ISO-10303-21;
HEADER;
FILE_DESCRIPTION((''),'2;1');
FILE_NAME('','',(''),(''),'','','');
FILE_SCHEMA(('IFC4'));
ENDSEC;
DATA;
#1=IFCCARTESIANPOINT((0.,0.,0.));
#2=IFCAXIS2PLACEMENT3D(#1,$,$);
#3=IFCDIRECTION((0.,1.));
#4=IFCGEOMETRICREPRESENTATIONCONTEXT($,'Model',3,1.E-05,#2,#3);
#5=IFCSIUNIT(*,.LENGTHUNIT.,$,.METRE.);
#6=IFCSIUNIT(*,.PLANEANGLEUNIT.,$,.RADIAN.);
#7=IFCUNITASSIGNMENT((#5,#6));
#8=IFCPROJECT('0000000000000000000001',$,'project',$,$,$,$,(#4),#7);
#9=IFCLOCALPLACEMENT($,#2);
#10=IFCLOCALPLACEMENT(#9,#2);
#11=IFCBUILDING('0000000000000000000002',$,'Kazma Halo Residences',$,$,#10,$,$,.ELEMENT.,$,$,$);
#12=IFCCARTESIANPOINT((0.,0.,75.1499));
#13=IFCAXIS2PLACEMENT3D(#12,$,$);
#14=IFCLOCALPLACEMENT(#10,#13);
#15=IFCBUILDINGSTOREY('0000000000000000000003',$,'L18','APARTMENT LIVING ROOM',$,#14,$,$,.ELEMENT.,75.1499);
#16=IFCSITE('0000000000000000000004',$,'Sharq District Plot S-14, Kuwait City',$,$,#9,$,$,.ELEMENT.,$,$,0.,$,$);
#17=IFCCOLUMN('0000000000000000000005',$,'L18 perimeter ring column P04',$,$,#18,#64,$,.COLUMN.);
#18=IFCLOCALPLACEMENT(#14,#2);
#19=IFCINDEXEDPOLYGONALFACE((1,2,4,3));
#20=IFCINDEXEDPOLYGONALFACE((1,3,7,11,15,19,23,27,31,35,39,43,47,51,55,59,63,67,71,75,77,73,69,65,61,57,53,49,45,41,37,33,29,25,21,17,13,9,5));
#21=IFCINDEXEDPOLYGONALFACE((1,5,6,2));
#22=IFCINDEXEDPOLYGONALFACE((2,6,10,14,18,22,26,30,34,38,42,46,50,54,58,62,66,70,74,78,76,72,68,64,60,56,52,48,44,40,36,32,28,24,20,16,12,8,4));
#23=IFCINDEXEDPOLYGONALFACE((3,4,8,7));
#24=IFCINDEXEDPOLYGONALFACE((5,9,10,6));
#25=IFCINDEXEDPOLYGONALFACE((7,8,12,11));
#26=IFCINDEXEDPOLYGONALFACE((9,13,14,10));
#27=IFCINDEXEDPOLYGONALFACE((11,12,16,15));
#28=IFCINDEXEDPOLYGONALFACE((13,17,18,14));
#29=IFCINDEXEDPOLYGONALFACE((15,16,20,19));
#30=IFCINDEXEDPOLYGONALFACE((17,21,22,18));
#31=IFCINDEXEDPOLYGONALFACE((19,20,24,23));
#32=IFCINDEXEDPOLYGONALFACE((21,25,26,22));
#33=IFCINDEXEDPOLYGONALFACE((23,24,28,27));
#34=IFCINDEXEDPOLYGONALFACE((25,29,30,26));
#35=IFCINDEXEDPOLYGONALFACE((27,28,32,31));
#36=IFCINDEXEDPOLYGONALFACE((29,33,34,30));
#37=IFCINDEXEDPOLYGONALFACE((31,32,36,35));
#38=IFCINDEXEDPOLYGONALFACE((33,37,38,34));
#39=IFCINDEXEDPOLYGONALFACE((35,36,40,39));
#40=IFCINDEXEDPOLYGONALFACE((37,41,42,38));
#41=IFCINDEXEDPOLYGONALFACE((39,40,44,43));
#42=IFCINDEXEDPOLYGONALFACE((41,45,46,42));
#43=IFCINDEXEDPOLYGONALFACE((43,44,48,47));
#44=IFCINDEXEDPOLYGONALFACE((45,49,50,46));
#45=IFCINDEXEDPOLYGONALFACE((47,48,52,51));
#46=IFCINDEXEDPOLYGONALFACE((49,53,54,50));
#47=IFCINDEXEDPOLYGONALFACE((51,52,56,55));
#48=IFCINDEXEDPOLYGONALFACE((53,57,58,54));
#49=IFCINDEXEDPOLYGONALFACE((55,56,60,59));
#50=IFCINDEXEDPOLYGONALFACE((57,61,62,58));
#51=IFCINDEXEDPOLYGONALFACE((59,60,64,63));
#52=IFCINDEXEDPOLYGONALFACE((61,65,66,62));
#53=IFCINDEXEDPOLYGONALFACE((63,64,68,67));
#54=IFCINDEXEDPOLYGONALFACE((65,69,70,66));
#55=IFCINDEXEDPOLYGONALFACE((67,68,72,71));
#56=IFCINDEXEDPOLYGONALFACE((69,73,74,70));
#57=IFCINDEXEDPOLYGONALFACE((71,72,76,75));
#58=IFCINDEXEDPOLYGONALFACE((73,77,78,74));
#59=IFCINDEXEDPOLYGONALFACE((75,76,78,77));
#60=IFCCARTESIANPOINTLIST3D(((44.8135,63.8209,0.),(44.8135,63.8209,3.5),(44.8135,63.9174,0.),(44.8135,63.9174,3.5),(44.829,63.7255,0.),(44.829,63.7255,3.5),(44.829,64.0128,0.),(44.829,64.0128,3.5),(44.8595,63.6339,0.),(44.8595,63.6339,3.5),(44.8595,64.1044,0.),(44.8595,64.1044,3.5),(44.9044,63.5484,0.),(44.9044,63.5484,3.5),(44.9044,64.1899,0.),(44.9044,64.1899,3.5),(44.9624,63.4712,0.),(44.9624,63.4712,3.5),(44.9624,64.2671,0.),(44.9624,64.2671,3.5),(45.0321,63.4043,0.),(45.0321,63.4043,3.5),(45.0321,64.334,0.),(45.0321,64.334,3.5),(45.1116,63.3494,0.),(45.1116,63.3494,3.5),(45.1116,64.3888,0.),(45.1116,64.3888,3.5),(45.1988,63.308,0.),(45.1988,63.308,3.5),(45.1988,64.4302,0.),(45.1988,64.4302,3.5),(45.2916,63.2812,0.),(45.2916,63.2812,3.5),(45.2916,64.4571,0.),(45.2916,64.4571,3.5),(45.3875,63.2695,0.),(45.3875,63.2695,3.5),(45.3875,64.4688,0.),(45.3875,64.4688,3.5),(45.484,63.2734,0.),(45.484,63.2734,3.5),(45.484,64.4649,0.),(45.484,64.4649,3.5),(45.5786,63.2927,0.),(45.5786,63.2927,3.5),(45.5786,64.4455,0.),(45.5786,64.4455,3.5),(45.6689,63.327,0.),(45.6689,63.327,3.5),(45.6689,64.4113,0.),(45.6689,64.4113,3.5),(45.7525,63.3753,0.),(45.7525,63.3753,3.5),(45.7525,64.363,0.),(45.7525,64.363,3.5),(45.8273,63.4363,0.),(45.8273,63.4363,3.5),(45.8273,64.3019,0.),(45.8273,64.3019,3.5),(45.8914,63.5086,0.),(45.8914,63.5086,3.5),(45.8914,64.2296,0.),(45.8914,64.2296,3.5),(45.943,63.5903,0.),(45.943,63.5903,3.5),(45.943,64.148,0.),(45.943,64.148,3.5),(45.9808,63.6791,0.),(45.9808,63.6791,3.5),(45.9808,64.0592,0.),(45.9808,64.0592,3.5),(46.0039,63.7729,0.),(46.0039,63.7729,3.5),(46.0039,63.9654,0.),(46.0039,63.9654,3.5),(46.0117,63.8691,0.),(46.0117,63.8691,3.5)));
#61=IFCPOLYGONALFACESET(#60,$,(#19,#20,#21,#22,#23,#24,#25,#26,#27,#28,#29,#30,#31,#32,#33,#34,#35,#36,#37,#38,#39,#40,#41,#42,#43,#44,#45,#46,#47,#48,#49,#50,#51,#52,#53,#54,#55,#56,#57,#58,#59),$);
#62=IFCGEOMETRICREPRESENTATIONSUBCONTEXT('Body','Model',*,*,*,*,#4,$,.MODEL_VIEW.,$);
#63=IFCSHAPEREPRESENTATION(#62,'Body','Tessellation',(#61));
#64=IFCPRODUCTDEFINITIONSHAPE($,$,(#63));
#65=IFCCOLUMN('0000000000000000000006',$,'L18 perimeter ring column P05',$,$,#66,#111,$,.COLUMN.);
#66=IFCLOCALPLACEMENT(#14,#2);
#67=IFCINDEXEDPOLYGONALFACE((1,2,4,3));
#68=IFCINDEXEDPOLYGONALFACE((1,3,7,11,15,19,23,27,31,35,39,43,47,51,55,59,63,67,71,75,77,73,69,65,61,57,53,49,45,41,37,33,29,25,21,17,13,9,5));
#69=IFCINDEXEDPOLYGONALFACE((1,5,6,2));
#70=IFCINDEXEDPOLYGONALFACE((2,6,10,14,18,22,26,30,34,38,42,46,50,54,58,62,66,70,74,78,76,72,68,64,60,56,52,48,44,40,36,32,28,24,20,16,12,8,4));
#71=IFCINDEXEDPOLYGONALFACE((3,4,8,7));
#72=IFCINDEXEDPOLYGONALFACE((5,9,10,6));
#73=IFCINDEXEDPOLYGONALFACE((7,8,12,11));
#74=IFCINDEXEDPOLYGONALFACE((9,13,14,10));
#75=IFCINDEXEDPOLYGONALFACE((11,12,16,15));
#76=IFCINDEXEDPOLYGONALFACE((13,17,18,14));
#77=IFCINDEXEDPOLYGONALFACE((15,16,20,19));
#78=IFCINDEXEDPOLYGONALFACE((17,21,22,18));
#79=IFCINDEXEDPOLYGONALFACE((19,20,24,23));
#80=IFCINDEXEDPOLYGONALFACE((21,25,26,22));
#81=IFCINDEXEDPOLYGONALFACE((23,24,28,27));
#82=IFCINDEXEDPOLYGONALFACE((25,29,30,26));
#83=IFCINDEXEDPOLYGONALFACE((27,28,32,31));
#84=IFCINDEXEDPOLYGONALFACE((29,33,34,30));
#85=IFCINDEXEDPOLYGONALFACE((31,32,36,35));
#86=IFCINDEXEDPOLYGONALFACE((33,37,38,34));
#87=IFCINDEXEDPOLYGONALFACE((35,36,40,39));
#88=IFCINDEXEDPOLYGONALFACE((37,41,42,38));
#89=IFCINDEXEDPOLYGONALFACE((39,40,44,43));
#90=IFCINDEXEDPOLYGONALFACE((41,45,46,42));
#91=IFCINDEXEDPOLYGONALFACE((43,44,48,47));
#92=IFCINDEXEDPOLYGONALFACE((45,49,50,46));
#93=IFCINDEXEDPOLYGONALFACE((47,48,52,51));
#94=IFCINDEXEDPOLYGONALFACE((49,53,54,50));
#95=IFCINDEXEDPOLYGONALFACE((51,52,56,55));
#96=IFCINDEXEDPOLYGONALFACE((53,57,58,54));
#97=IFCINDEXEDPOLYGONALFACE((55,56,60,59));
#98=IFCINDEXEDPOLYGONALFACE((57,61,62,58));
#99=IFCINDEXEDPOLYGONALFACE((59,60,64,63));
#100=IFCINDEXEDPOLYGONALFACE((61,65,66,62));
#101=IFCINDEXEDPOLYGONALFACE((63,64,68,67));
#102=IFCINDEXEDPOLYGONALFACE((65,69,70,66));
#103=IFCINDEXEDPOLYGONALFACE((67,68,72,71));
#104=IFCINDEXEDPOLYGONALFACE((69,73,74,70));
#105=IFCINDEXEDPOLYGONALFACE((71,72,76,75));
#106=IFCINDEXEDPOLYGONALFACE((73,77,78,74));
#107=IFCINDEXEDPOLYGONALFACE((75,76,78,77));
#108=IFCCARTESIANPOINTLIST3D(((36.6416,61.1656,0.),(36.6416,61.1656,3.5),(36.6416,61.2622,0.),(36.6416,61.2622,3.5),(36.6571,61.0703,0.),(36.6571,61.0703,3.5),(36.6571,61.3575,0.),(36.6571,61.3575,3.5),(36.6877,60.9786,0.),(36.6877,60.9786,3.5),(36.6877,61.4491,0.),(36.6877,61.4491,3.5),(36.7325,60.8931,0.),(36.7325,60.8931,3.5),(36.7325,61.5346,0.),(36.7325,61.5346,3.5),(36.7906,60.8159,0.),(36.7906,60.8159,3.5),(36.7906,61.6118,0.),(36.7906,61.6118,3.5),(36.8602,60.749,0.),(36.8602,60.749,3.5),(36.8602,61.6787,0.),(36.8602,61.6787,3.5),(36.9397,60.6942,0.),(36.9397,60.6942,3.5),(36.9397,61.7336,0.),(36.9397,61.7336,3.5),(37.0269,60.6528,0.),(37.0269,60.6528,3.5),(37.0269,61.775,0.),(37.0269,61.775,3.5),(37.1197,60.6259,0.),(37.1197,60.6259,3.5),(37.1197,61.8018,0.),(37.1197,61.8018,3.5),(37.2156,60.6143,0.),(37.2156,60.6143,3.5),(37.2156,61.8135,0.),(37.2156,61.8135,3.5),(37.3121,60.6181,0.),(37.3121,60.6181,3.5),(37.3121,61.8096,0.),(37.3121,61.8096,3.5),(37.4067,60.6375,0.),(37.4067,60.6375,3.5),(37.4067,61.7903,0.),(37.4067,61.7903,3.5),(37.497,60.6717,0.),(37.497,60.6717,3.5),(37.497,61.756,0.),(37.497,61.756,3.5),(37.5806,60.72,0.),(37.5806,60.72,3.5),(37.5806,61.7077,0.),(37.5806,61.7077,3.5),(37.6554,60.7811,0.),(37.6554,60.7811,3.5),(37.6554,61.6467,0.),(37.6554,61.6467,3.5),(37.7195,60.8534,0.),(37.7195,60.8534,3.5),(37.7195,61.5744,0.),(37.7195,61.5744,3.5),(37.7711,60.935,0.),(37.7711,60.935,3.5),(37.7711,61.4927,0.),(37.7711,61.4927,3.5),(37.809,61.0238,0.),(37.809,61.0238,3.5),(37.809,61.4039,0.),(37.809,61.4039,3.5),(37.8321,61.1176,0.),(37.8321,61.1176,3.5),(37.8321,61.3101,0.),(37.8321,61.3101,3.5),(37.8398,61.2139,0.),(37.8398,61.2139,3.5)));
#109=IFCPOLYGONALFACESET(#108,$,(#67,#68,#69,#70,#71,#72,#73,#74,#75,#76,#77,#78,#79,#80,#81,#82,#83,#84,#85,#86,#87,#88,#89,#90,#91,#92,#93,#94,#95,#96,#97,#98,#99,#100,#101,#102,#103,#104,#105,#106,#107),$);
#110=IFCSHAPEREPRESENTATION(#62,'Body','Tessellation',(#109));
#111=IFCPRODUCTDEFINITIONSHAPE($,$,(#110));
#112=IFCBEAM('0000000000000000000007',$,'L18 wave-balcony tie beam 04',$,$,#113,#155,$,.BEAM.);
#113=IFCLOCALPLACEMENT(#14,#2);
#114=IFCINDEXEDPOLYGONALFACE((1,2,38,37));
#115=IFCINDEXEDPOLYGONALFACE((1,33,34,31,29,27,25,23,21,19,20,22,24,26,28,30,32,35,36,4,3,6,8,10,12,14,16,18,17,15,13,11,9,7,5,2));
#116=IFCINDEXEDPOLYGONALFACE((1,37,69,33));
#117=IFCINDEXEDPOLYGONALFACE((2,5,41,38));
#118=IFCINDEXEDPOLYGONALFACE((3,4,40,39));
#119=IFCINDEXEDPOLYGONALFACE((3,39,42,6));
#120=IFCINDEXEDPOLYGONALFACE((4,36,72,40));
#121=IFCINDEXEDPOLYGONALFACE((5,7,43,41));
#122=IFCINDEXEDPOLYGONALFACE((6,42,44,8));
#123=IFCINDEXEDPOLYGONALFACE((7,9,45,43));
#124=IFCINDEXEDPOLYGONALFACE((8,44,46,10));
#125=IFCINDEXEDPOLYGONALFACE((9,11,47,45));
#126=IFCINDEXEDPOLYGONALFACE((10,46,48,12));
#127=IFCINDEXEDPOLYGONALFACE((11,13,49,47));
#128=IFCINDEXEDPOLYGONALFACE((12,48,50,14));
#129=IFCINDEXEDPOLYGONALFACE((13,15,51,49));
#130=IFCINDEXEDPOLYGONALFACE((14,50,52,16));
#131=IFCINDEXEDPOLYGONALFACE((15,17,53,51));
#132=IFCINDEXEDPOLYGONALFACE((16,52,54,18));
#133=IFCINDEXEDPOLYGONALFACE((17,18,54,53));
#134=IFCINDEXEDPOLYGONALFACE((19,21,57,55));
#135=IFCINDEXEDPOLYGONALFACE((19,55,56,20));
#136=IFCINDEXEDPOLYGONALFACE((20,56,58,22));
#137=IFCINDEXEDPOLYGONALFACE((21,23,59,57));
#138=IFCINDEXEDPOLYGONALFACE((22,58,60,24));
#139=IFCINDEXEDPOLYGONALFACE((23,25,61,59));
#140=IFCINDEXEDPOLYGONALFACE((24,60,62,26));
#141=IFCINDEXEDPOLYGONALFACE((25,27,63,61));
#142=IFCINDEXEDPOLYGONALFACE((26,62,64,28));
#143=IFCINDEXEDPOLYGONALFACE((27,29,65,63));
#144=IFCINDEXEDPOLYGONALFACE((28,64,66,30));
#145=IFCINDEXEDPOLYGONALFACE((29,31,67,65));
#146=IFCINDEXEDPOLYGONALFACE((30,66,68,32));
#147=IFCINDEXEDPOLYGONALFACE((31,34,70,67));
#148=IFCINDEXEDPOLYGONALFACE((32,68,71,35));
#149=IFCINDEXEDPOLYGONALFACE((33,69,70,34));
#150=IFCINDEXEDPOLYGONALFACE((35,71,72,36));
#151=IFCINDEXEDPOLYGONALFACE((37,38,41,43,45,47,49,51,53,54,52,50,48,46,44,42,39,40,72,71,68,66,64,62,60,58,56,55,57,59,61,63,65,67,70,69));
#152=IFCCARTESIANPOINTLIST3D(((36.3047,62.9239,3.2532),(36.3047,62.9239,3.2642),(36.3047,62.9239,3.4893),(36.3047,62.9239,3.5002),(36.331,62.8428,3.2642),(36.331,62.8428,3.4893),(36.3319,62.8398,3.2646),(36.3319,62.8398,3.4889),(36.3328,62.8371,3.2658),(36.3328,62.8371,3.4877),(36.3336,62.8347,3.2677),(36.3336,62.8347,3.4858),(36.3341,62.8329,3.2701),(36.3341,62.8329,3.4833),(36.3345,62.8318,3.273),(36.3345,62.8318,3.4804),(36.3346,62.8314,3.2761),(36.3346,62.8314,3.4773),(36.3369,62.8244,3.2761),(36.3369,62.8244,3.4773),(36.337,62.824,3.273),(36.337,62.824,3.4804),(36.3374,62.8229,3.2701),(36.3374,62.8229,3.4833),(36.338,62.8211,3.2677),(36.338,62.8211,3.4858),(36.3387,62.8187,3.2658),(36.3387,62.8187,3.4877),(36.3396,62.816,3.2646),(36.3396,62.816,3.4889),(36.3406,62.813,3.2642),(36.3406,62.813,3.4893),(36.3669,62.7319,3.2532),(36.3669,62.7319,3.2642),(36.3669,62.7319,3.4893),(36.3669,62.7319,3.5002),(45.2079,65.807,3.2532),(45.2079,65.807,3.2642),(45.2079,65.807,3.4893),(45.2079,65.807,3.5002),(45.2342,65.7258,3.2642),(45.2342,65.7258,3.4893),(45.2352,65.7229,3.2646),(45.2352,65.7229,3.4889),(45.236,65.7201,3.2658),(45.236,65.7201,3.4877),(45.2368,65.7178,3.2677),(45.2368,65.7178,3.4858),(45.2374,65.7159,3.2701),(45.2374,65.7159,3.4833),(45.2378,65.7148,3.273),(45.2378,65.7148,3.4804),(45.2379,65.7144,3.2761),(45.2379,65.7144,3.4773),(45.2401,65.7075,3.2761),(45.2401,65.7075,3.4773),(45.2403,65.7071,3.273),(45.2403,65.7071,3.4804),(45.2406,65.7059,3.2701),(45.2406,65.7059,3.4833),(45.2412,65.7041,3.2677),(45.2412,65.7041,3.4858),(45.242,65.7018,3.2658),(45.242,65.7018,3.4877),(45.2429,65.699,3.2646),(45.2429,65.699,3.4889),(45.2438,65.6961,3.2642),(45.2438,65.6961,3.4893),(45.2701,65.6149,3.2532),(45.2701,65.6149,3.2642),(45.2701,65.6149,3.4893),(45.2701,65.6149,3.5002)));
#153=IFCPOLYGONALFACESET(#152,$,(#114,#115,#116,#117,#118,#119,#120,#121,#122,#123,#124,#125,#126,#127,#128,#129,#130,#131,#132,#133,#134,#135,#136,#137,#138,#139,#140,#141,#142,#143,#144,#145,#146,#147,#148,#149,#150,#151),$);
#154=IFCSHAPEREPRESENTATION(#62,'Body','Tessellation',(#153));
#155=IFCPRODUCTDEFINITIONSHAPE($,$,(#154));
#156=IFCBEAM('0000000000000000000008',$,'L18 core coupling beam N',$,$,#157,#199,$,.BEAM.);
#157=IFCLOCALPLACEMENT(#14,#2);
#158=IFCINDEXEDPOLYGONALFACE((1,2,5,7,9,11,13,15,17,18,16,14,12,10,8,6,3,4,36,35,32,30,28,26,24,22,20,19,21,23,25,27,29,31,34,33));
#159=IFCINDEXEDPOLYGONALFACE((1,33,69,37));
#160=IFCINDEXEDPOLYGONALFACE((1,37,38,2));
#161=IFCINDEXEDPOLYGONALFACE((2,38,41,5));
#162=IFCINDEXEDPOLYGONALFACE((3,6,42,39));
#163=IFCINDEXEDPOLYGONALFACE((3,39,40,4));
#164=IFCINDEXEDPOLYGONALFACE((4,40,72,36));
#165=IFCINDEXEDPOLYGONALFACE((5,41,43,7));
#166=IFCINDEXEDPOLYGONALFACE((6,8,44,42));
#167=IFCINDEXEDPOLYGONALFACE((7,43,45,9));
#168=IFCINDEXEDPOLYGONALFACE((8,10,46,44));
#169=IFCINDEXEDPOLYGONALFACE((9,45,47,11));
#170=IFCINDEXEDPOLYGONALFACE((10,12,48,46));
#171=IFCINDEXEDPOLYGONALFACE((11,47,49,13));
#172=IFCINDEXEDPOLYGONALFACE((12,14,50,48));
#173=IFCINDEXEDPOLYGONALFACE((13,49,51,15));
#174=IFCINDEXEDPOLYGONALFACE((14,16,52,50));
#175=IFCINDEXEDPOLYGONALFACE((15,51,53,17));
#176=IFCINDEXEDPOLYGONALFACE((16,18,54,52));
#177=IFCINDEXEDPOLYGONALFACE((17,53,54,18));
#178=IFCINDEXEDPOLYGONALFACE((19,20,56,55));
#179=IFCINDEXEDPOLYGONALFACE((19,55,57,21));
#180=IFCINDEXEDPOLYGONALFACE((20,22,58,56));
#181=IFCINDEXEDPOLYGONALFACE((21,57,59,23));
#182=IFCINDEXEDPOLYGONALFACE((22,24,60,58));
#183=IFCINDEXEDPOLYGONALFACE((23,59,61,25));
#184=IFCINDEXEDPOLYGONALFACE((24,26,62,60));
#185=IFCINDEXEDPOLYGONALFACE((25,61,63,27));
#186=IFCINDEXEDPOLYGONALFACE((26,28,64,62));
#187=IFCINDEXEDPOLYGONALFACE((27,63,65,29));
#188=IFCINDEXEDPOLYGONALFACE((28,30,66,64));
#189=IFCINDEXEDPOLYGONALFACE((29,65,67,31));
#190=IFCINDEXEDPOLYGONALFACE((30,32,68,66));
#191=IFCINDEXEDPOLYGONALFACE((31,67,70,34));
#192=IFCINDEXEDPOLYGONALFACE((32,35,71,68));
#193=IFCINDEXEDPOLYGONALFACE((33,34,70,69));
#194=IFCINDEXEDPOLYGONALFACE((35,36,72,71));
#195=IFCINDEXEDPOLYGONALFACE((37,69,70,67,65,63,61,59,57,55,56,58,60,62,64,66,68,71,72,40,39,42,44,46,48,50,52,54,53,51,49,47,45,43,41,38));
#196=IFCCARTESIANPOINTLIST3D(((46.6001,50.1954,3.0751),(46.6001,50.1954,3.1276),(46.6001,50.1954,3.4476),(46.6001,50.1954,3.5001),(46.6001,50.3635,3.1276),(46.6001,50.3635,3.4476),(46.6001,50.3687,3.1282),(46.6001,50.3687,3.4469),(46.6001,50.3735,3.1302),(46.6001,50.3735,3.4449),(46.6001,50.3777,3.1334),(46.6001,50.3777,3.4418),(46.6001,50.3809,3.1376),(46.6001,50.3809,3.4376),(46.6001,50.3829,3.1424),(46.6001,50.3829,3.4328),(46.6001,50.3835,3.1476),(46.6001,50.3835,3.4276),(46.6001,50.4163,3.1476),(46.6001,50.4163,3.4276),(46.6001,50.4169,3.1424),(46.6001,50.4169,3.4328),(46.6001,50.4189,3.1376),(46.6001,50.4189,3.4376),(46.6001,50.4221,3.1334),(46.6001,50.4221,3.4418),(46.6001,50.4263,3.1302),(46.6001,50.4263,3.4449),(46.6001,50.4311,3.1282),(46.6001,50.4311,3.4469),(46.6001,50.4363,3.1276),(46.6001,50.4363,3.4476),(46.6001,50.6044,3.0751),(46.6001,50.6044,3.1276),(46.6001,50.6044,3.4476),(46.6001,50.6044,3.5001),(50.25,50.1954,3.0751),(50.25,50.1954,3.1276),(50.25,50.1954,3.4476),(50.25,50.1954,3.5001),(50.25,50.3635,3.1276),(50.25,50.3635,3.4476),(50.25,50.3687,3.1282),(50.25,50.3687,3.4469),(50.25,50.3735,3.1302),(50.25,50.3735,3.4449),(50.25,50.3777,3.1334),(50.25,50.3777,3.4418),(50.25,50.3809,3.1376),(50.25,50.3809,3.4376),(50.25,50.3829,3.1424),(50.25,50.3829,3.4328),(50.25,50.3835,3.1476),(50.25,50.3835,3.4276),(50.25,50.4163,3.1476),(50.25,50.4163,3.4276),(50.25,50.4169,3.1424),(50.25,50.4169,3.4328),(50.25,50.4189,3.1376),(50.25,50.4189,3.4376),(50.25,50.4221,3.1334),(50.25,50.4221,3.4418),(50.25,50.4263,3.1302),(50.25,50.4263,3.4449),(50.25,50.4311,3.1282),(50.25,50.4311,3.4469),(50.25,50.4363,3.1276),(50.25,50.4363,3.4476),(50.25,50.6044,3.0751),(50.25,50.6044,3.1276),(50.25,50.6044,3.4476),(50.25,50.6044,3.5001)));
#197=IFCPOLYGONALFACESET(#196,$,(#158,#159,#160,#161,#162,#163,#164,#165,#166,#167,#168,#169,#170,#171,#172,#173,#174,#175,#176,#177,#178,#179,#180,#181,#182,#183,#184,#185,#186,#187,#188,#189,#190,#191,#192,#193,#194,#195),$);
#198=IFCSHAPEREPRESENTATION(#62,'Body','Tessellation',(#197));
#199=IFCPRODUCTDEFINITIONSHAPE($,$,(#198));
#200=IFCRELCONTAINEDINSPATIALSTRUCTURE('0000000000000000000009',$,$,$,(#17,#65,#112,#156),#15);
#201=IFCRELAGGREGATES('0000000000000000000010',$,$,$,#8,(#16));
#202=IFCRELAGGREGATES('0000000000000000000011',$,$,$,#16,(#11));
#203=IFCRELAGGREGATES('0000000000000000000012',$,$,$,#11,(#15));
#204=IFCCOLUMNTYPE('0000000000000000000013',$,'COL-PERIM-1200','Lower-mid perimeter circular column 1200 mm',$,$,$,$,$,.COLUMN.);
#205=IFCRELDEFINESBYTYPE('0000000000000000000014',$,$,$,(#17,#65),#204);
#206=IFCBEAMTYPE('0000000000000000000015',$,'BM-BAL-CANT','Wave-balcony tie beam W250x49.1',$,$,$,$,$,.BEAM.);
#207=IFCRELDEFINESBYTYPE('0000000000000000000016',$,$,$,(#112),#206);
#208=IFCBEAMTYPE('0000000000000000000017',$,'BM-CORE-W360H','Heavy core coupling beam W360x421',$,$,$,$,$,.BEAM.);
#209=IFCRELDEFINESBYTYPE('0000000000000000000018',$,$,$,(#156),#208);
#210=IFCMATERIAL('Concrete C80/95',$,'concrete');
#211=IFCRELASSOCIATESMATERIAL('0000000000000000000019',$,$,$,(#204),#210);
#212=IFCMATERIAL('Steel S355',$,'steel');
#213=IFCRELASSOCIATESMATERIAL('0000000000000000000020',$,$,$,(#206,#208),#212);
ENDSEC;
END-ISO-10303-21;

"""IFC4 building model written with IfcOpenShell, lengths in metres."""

from ifc_helpers import new_model, si_unit, direction, frame, origin, origin_2d, place, context, subcontext, project, spatial, circle, i_section, extrude, material, material_profile, profile_set, type_object, element, save


model = new_model("IFC4")

# Units and contexts
model_context = context("Model", 3, precision=1e-05, world=origin(), true_north=direction((0.0, 1.0)))
body_context = subcontext(model_context, "Body", "Model", "MODEL_VIEW")
ifc_project = project(units=[si_unit("LENGTHUNIT", "METRE"), si_unit("PLANEANGLEUNIT", "RADIAN")], contexts=[model_context])

# Site, building, storey
site_placement = place(None, origin())
site = spatial("IfcSite", under=ifc_project, at=site_placement, Name="Sharq District Plot S-14, Kuwait City", CompositionType="ELEMENT", RefElevation=0.0)
building_placement = place(site_placement, origin())
building = spatial("IfcBuilding", under=site, at=building_placement, Name="Kazma Halo Residences", CompositionType="ELEMENT")
storey_placement = place(building_placement, frame((0.0, 0.0, 75.1499)))
storey = spatial("IfcBuildingStorey", under=building, at=storey_placement, Name="L18", Description="APARTMENT LIVING ROOM", CompositionType="ELEMENT", Elevation=75.1499)

# Columns
ifc_material_1 = material(Name="Concrete C80/95", Category="concrete")
ifc_material_profile_1 = material_profile(ifc_material_1, circle(Radius=0.6001, at=origin_2d()), Name="CIRC1200")
ifc_profile_set_1 = profile_set([ifc_material_profile_1], Name="Concrete C80/95")
column_type = type_object("IfcColumnType", Name="COL-PERIM-1200", Description="Lower-mid perimeter circular column 1200 mm", PredefinedType="COLUMN", material=ifc_profile_set_1)
for number, where, z_axis, x_axis, name in (
    (1, (45.4116, 63.8691, 0.0), (0.0, 0.0, 1.0), (1.0, 0.0, 0.0), "L18 perimeter ring column P04"),
    (2, (37.2397, 61.2139, 0.0), (0.0, 0.0, 1.0), (1.0, 0.0, 0.0), "L18 perimeter ring column P05"),
):
    element("IfcColumn", number, at=place(storey_placement, frame(where, z_axis=z_axis, x_axis=x_axis)), inside=storey, type_object=column_type, Name=name, PredefinedType="COLUMN", context=body_context, shape_type="SweptSolid", body=[
        extrude(circle(Radius=0.6001, at=origin_2d()), origin(), (0.0, 0.0, 1.0), 3.5),
    ])

# Beams
ifc_material_2 = material(Name="Steel S355", Category="steel")
ifc_material_profile_2 = material_profile(ifc_material_2, i_section(OverallWidth=0.2019, OverallDepth=0.2471, WebThickness=0.0073, FlangeThickness=0.011, FilletRadius=0.012, at=origin_2d()), Name="W250x49.1")
ifc_profile_set_2 = profile_set([ifc_material_profile_2], Name="Steel S355")
beam_type_1 = type_object("IfcBeamType", Name="BM-BAL-CANT", Description="Wave-balcony tie beam W250x49.1", PredefinedType="BEAM", material=ifc_profile_set_2)
beam_1_placement = place(storey_placement, frame((45.239, 65.7109, 3.3767), z_axis=(-0.951364, -0.308069, 0.0), x_axis=(0.308069, -0.951364, 0.0)))
element("IfcBeam", 3, at=beam_1_placement, inside=storey, type_object=beam_type_1, Name="L18 wave-balcony tie beam 04", PredefinedType="BEAM", context=body_context, shape_type="SweptSolid", body=[
    extrude(i_section(OverallWidth=0.2019, OverallDepth=0.2471, WebThickness=0.0073, FlangeThickness=0.011, FilletRadius=0.012, at=origin_2d()), origin(), (0.0, 0.0, 1.0), 9.3584),
])
ifc_material_profile_3 = material_profile(ifc_material_2, i_section(OverallWidth=0.4089, OverallDepth=0.425, WebThickness=0.0327, FlangeThickness=0.0525, FilletRadius=0.02, at=origin_2d()), Name="W360x421")
ifc_profile_set_3 = profile_set([ifc_material_profile_3], Name="Steel S355")
beam_type_2 = type_object("IfcBeamType", Name="BM-CORE-W360H", Description="Heavy core coupling beam W360x421", PredefinedType="BEAM", material=ifc_profile_set_3)
beam_2_placement = place(storey_placement, frame((46.6001, 50.3999, 3.2876), z_axis=(1.0, 0.0, 0.0), x_axis=(0.0, 1.0, 0.0)))
element("IfcBeam", 4, at=beam_2_placement, inside=storey, type_object=beam_type_2, Name="L18 core coupling beam N", PredefinedType="BEAM", context=body_context, shape_type="SweptSolid", body=[
    extrude(i_section(OverallWidth=0.4089, OverallDepth=0.425, WebThickness=0.0327, FlangeThickness=0.0525, FilletRadius=0.02, at=origin_2d()), origin(), (0.0, 0.0, 1.0), 3.6499),
])

save(model, "model.ifc")
